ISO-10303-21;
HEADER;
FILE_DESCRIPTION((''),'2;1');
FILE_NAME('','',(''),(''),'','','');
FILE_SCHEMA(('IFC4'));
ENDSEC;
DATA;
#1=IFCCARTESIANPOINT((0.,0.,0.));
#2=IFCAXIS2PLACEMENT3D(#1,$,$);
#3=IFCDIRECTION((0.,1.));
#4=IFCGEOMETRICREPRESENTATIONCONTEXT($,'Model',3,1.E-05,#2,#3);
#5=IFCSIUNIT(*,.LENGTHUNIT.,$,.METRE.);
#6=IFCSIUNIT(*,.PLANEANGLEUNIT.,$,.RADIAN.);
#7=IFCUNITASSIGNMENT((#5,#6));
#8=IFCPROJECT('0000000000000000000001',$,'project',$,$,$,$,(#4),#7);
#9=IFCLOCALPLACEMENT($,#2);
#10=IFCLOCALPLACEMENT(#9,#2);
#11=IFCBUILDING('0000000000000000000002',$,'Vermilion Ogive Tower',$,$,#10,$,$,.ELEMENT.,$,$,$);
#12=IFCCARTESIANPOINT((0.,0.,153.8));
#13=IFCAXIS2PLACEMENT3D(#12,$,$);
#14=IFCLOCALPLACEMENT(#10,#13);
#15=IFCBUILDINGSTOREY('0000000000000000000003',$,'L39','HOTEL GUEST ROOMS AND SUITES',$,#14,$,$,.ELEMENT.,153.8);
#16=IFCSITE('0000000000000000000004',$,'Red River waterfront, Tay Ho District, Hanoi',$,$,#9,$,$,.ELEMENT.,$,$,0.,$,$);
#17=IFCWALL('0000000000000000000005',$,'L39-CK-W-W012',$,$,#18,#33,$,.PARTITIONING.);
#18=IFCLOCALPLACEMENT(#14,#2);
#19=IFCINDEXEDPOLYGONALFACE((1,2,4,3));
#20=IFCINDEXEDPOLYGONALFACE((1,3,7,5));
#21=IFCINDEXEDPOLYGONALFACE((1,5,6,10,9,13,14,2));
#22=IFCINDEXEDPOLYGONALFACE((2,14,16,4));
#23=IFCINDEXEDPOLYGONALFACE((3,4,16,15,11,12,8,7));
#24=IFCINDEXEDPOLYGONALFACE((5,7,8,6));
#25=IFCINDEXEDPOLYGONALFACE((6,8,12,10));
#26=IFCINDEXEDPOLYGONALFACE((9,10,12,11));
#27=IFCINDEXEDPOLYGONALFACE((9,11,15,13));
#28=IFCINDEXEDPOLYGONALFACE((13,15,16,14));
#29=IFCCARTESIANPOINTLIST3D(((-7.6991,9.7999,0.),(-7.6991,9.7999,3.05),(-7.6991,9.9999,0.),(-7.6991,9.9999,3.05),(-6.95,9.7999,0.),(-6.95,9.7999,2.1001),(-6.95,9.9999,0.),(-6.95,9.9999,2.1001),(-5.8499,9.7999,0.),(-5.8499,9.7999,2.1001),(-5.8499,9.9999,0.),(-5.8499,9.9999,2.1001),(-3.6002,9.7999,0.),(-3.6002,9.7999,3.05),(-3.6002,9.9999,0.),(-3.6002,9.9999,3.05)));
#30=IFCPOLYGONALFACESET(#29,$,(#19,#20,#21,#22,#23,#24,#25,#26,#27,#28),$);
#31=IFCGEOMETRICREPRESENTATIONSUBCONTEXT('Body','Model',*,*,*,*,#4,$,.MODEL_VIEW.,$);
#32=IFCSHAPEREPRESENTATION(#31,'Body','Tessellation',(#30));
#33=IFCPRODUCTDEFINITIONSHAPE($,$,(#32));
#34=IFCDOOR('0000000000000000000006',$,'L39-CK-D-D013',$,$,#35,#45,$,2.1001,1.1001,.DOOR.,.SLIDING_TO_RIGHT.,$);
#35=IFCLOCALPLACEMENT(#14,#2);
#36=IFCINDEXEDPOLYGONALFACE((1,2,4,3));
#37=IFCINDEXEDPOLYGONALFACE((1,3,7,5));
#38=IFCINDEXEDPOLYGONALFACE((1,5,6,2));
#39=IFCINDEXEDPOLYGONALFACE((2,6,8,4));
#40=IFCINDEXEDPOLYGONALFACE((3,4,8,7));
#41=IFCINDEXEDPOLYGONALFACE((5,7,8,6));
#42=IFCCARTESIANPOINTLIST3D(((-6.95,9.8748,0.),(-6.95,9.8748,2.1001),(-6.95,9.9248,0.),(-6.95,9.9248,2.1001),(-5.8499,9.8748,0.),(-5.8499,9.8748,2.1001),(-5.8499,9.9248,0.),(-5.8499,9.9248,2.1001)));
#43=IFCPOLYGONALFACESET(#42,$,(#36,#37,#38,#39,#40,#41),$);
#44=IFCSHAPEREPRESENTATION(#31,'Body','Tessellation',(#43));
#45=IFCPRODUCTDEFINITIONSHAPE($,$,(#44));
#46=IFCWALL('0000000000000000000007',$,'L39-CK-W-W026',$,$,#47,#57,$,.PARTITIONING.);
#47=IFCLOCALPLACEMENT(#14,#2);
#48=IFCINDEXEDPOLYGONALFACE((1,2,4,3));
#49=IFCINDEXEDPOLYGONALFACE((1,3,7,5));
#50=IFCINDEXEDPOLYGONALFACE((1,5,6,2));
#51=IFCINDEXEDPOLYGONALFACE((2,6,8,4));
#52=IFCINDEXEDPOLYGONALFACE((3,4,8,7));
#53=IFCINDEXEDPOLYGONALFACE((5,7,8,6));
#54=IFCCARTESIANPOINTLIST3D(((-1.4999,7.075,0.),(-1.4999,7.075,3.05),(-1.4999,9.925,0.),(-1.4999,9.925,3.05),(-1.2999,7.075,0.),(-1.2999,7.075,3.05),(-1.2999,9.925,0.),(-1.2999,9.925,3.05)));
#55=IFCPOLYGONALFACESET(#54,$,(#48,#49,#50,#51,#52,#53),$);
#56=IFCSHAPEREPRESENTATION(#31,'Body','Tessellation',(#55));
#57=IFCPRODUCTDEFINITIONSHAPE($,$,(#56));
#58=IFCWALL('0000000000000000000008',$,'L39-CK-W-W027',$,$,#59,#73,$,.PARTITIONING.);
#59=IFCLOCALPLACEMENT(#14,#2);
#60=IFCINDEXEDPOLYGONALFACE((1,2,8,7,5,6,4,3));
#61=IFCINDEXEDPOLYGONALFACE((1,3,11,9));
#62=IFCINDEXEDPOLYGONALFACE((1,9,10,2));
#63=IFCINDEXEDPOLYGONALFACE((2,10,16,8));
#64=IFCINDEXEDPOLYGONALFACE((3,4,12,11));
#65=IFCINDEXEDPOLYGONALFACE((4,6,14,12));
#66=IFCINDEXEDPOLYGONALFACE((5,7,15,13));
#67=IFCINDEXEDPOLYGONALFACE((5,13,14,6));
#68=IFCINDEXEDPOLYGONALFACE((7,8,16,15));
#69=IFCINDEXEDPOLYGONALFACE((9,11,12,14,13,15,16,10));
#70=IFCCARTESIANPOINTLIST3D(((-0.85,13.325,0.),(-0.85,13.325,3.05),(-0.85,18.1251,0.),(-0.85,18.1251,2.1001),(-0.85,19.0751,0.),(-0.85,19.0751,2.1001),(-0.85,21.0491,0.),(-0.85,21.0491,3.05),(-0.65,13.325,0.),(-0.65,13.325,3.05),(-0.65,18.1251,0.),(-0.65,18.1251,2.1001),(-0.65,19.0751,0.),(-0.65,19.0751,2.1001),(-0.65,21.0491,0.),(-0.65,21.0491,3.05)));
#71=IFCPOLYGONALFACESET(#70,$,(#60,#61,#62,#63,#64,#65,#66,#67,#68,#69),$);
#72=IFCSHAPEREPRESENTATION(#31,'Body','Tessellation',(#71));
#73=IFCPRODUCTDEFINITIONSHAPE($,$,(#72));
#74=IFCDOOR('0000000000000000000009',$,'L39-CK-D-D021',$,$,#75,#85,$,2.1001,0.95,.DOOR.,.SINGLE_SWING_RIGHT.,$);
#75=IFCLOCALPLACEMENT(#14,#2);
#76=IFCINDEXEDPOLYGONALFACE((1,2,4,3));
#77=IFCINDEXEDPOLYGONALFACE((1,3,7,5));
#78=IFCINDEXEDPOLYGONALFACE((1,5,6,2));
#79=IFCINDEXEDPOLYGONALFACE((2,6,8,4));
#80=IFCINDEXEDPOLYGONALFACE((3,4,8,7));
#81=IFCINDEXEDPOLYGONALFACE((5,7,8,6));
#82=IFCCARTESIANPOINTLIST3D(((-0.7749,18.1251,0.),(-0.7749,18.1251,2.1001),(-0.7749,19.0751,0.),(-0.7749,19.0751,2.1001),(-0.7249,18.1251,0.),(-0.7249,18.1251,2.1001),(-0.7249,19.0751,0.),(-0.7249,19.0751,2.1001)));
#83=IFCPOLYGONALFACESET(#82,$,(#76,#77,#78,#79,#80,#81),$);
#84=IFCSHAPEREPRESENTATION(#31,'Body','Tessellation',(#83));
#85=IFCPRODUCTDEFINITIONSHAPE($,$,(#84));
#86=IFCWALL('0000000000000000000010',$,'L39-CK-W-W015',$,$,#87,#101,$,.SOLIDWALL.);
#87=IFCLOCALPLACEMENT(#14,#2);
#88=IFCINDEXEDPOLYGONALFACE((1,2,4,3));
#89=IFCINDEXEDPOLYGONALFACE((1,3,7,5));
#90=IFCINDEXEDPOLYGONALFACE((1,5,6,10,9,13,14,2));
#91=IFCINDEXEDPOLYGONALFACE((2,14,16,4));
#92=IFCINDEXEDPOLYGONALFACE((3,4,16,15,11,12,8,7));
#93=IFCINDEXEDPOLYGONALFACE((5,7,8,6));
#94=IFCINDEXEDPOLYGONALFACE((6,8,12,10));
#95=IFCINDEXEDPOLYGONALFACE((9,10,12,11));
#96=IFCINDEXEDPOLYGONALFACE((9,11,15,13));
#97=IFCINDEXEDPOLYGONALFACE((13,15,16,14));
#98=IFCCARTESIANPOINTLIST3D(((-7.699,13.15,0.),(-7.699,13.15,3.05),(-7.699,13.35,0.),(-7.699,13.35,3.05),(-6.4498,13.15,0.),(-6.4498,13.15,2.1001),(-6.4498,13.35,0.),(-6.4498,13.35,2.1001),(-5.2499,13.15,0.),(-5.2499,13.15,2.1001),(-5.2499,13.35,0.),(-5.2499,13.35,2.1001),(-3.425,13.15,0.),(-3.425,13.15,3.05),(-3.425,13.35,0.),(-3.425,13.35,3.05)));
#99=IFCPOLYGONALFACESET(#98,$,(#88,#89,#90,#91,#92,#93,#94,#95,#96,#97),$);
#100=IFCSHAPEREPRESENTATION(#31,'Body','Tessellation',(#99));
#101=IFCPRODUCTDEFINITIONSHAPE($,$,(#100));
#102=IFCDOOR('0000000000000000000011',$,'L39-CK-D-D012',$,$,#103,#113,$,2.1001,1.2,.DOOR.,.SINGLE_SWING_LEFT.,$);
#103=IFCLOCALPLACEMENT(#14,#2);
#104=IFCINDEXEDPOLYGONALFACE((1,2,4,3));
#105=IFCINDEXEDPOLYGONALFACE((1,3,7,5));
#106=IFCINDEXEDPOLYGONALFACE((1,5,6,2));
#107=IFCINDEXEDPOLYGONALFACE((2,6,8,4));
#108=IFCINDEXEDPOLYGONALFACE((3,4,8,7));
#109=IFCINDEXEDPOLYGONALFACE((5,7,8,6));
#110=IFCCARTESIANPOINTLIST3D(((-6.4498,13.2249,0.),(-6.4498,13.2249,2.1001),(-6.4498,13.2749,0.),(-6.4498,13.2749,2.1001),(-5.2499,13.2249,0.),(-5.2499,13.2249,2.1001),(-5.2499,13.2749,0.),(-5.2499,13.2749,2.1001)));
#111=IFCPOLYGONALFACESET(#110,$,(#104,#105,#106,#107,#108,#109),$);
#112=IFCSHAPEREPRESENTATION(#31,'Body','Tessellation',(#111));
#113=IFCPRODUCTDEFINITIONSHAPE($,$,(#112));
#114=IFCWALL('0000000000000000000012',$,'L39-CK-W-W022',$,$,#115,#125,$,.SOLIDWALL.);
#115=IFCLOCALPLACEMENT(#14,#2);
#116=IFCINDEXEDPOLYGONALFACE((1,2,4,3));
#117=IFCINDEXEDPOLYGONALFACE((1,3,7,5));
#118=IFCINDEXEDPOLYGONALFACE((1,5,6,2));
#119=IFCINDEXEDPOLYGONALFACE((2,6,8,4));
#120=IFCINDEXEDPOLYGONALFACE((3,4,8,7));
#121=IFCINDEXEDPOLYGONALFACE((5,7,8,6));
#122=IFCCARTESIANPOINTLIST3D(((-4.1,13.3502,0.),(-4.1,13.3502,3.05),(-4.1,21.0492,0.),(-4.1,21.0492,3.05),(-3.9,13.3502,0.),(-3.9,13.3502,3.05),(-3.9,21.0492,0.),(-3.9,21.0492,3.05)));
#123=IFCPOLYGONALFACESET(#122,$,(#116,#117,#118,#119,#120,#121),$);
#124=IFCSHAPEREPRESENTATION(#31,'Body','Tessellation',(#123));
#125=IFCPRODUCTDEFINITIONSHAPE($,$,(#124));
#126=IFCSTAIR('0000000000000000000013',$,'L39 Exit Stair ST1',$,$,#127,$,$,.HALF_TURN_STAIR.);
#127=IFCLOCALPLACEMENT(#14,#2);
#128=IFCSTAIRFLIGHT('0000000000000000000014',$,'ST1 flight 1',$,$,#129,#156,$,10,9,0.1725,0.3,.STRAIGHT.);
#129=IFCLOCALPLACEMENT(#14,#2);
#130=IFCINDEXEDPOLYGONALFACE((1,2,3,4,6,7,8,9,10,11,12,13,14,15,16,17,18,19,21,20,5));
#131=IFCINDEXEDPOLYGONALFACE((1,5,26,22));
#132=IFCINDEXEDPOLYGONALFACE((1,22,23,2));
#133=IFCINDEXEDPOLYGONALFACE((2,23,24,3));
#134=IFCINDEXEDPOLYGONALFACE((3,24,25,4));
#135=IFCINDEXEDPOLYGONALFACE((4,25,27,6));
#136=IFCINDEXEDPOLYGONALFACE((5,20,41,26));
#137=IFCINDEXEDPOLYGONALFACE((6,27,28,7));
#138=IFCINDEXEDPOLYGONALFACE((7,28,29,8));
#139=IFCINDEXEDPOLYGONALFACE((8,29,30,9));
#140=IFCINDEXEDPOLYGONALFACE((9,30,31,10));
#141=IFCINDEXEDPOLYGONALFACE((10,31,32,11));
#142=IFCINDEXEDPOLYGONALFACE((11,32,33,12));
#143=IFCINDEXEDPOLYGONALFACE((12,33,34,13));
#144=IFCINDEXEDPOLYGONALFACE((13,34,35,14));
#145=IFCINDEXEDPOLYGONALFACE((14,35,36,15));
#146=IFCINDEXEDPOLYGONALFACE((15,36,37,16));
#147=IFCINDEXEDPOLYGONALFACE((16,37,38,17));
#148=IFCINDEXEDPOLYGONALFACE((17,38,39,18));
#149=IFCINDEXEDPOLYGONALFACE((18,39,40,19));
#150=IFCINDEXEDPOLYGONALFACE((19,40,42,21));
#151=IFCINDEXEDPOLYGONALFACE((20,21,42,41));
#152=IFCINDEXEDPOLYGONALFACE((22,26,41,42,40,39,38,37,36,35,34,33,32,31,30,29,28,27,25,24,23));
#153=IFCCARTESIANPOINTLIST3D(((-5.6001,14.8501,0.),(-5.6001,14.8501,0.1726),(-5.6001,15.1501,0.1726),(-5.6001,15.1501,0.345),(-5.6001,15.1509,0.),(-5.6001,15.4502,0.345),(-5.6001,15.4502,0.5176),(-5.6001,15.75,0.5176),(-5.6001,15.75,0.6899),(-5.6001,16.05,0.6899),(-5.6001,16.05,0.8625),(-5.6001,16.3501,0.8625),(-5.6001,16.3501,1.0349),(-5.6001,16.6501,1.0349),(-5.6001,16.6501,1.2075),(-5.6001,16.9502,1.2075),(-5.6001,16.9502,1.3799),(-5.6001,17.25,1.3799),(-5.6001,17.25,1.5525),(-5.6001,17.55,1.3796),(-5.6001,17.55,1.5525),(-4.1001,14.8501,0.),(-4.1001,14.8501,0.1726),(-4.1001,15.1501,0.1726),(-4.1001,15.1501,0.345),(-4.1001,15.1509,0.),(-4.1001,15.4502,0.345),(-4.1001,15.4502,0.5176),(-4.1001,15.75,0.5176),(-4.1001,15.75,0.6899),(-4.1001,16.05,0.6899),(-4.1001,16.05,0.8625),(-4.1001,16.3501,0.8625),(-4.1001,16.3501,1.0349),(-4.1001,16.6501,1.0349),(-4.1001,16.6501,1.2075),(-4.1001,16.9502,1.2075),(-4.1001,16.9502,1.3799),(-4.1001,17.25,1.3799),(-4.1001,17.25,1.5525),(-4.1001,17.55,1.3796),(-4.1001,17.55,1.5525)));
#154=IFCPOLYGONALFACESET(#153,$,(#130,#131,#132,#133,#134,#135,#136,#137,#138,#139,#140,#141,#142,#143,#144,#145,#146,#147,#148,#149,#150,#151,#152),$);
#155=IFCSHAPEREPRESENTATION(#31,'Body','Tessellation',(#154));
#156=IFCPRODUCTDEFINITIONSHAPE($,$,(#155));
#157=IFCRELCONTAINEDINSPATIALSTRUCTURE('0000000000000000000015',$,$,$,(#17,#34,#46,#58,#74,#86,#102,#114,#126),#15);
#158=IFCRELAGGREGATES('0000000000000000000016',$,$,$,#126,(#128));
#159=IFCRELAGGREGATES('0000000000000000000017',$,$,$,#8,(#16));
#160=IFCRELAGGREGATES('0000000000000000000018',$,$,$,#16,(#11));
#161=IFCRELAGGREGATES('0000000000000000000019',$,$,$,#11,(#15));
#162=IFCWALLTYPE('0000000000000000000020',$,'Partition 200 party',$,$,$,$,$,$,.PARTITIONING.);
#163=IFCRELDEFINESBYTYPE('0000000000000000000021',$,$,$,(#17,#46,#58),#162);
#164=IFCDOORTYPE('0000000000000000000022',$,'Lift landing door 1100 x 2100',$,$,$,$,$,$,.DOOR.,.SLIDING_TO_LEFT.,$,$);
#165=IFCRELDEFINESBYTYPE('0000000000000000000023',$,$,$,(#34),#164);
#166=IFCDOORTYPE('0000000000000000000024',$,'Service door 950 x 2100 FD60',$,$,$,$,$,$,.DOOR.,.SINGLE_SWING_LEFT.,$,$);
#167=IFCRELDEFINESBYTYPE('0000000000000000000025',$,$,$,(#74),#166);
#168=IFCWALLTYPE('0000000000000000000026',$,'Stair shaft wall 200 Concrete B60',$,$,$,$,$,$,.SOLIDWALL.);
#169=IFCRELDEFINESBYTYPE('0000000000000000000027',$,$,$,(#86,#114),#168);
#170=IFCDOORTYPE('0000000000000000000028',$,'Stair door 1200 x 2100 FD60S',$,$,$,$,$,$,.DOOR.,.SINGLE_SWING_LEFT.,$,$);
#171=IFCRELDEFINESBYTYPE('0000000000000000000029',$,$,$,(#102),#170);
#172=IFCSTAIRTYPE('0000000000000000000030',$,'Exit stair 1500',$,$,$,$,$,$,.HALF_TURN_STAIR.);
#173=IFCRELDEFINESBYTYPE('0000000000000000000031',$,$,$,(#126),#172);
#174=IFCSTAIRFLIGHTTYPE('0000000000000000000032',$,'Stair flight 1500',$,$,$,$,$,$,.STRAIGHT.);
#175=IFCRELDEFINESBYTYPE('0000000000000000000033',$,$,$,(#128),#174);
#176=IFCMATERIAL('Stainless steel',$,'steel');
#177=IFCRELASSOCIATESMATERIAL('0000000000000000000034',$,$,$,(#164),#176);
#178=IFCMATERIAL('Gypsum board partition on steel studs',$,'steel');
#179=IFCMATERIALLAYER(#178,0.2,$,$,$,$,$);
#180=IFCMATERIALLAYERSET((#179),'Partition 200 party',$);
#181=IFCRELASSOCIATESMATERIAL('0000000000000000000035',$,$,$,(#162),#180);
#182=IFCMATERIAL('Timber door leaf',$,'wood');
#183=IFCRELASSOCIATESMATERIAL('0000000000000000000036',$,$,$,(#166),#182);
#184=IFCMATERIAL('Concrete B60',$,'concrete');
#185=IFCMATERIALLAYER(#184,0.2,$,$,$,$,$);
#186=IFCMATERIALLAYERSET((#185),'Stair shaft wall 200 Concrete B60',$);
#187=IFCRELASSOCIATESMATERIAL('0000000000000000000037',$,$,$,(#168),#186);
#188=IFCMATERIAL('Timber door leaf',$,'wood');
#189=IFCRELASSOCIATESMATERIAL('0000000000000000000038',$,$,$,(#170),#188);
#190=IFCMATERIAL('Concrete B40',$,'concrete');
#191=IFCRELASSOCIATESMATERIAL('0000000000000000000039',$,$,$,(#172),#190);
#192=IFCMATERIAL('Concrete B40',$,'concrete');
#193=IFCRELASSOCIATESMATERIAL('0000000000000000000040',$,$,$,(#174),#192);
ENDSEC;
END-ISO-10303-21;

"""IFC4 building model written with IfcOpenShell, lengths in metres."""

from ifc_helpers import new_model, si_unit, direction, frame, frame_2d, origin, place, context, subcontext, project, spatial, polyline, rectangle, outline, extrude, material, layer, layer_set, type_object, element, fill, aggregate, save


model = new_model("IFC4")

# Units and contexts
model_context = context("Model", 3, precision=1e-05, world=origin(), true_north=direction((0.0, 1.0)))
body_context = subcontext(model_context, "Body", "Model", "MODEL_VIEW")
ifc_project = project(units=[si_unit("LENGTHUNIT", "METRE"), si_unit("PLANEANGLEUNIT", "RADIAN")], contexts=[model_context])

# Site, building, storey
site_placement = place(None, origin())
site = spatial("IfcSite", under=ifc_project, at=site_placement, Name="Red River waterfront, Tay Ho District, Hanoi", CompositionType="ELEMENT", RefElevation=0.0)
building_placement = place(site_placement, origin())
building = spatial("IfcBuilding", under=site, at=building_placement, Name="Vermilion Ogive Tower", CompositionType="ELEMENT")
storey_placement = place(building_placement, frame((0.0, 0.0, 153.8)))
storey = spatial("IfcBuildingStorey", under=building, at=storey_placement, Name="L39", Description="HOTEL GUEST ROOMS AND SUITES", CompositionType="ELEMENT", Elevation=153.8)

# Shared definitions
ifc_material_1 = material(Name="Stainless steel", Category="steel")
door_type_1 = type_object("IfcDoorType", Name="Lift landing door 1100 x 2100", OperationType="SLIDING_TO_LEFT", PredefinedType="DOOR", material=ifc_material_1)

# Wall, opening, door
ifc_material_2 = material(Name="Gypsum board partition on steel studs", Category="steel")
ifc_layer_1 = layer(ifc_material_2, 0.2)
ifc_layer_set_1 = layer_set([ifc_layer_1], Name="Partition 200 party")
wall_type_1 = type_object("IfcWallType", Name="Partition 200 party", PredefinedType="PARTITIONING", material=ifc_layer_set_1)
wall_1_placement = place(storey_placement, frame((-7.699, 9.8999, 0.0), z_axis=(0.0, 0.0, 1.0), x_axis=(1.0, 0.0, 0.0)))
wall_1 = element("IfcWall", 1, at=wall_1_placement, inside=storey, type_object=wall_type_1, Name="L39-CK-W-W012", PredefinedType="PARTITIONING", context=body_context, shape_type="SweptSolid", body=[
    extrude(rectangle(XDim=4.0989, YDim=0.2, at=frame_2d((2.0493, 0.0))), origin(), (0.0, 0.0, 1.0), 3.05),
])
opening_1_placement = place(wall_1_placement, frame((0.749, 0.0, 0.0)))
opening_1 = element("IfcOpeningElement", 2, at=opening_1_placement, cuts=wall_1, PredefinedType="OPENING", context=body_context, shape_type="SweptSolid", body=[
    extrude(rectangle(XDim=1.1001, YDim=2.1001, at=frame_2d((0.55, 1.05))), frame((0.0, 0.1099, 0.0), z_axis=(0.0, -1.0, 0.0), x_axis=(1.0, 0.0, 0.0)), (0.0, 0.0, 1.0), 0.22),
])
door_1_placement = place(opening_1_placement, origin())
door_1 = element("IfcDoor", 3, at=door_1_placement, inside=storey, type_object=door_type_1, Name="L39-CK-D-D013", OperationType="SLIDING_TO_RIGHT", OverallHeight=2.1001, OverallWidth=1.1001, PredefinedType="DOOR", context=body_context, shape_type="SweptSolid", body=[
    extrude(rectangle(XDim=1.1001, YDim=2.1001, at=frame_2d((0.55, 1.05))), frame((0.0, 0.0249, 0.0), z_axis=(0.0, -1.0, 0.0), x_axis=(1.0, 0.0, 0.0)), (0.0, 0.0, 1.0), 0.05),
])
fill(opening_1, door_1)

# Wall
wall_2_placement = place(storey_placement, frame((-1.3999, 7.075, 0.0), z_axis=(0.0, 0.0, 1.0), x_axis=(0.0, 1.0, 0.0)))
element("IfcWall", 4, at=wall_2_placement, inside=storey, type_object=wall_type_1, Name="L39-CK-W-W026", PredefinedType="PARTITIONING", context=body_context, shape_type="SweptSolid", body=[
    extrude(rectangle(XDim=2.8501, YDim=0.2, at=frame_2d((1.425, 0.0))), origin(), (0.0, 0.0, 1.0), 3.05),
])

# Walls, openings, doors
wall_3_placement = place(storey_placement, frame((-0.75, 13.325, 0.0), z_axis=(0.0, 0.0, 1.0), x_axis=(0.0, 1.0, 0.0)))
wall_3 = element("IfcWall", 5, at=wall_3_placement, inside=storey, type_object=wall_type_1, Name="L39-CK-W-W027", PredefinedType="PARTITIONING", context=body_context, shape_type="SweptSolid", body=[
    extrude(rectangle(XDim=7.7241, YDim=0.2, at=frame_2d((3.8621, 0.0))), origin(), (0.0, 0.0, 1.0), 3.05),
])
opening_2_placement = place(wall_3_placement, frame((4.8, 0.0, 0.0)))
opening_2 = element("IfcOpeningElement", 6, at=opening_2_placement, cuts=wall_3, PredefinedType="OPENING", context=body_context, shape_type="SweptSolid", body=[
    extrude(rectangle(XDim=0.95, YDim=2.1001, at=frame_2d((0.4751, 1.05))), frame((0.0, 0.1099, 0.0), z_axis=(0.0, -1.0, 0.0), x_axis=(1.0, 0.0, 0.0)), (0.0, 0.0, 1.0), 0.22),
])
ifc_material_3 = material(Name="Timber door leaf", Category="wood")
door_type_2 = type_object("IfcDoorType", Name="Service door 950 x 2100 FD60", OperationType="SINGLE_SWING_LEFT", PredefinedType="DOOR", material=ifc_material_3)
door_2_placement = place(opening_2_placement, origin())
door_2 = element("IfcDoor", 7, at=door_2_placement, inside=storey, type_object=door_type_2, Name="L39-CK-D-D021", OperationType="SINGLE_SWING_RIGHT", OverallHeight=2.1001, OverallWidth=0.95, PredefinedType="DOOR", context=body_context, shape_type="SweptSolid", body=[
    extrude(rectangle(XDim=0.95, YDim=2.1001, at=frame_2d((0.4751, 1.05))), frame((0.0, 0.0249, 0.0), z_axis=(0.0, -1.0, 0.0), x_axis=(1.0, 0.0, 0.0)), (0.0, 0.0, 1.0), 0.05),
])
fill(opening_2, door_2)
ifc_material_4 = material(Name="Concrete B60", Category="concrete")
ifc_layer_2 = layer(ifc_material_4, 0.2)
ifc_layer_set_2 = layer_set([ifc_layer_2], Name="Stair shaft wall 200 Concrete B60")
wall_type_2 = type_object("IfcWallType", Name="Stair shaft wall 200 Concrete B60", PredefinedType="SOLIDWALL", material=ifc_layer_set_2)
wall_4_placement = place(storey_placement, frame((-7.699, 13.25, 0.0), z_axis=(0.0, 0.0, 1.0), x_axis=(1.0, 0.0, 0.0)))
wall_4 = element("IfcWall", 8, at=wall_4_placement, inside=storey, type_object=wall_type_2, Name="L39-CK-W-W015", PredefinedType="SOLIDWALL", context=body_context, shape_type="SweptSolid", body=[
    extrude(rectangle(XDim=4.2739, YDim=0.2, at=frame_2d((2.137, 0.0))), origin(), (0.0, 0.0, 1.0), 3.05),
])
opening_3_placement = place(wall_4_placement, frame((1.249, 0.0, 0.0)))
opening_3 = element("IfcOpeningElement", 9, at=opening_3_placement, cuts=wall_4, PredefinedType="OPENING", context=body_context, shape_type="SweptSolid", body=[
    extrude(rectangle(XDim=1.2, YDim=2.1001, at=frame_2d((0.6001, 1.05))), frame((0.0, 0.1099, 0.0), z_axis=(0.0, -1.0, 0.0), x_axis=(1.0, 0.0, 0.0)), (0.0, 0.0, 1.0), 0.22),
])
ifc_material_5 = material(Name="Timber door leaf", Category="wood")
door_type_3 = type_object("IfcDoorType", Name="Stair door 1200 x 2100 FD60S", OperationType="SINGLE_SWING_LEFT", PredefinedType="DOOR", material=ifc_material_5)
door_3_placement = place(opening_3_placement, origin())
door_3 = element("IfcDoor", 10, at=door_3_placement, inside=storey, type_object=door_type_3, Name="L39-CK-D-D012", OperationType="SINGLE_SWING_LEFT", OverallHeight=2.1001, OverallWidth=1.2, PredefinedType="DOOR", context=body_context, shape_type="SweptSolid", body=[
    extrude(rectangle(XDim=1.2, YDim=2.1001, at=frame_2d((0.6001, 1.05))), frame((0.0, 0.0249, 0.0), z_axis=(0.0, -1.0, 0.0), x_axis=(1.0, 0.0, 0.0)), (0.0, 0.0, 1.0), 0.05),
])
fill(opening_3, door_3)

# Wall
wall_5_placement = place(storey_placement, frame((-4.0, 13.3501, 0.0), z_axis=(0.0, 0.0, 1.0), x_axis=(0.0, 1.0, 0.0)))
element("IfcWall", 11, at=wall_5_placement, inside=storey, type_object=wall_type_2, Name="L39-CK-W-W022", PredefinedType="SOLIDWALL", context=body_context, shape_type="SweptSolid", body=[
    extrude(rectangle(XDim=7.699, YDim=0.2, at=frame_2d((3.8496, 0.0))), origin(), (0.0, 0.0, 1.0), 3.05),
])

# Stair, stair flight
ifc_material_6 = material(Name="Concrete B40", Category="concrete")
stair_type = type_object("IfcStairType", Name="Exit stair 1500", PredefinedType="HALF_TURN_STAIR", material=ifc_material_6)
stair_placement = place(storey_placement, origin())
stair = element("IfcStair", 12, at=stair_placement, inside=storey, type_object=stair_type, Name="L39 Exit Stair ST1", PredefinedType="HALF_TURN_STAIR")
ifc_material_7 = material(Name="Concrete B40", Category="concrete")
stair_flight_type = type_object("IfcStairFlightType", Name="Stair flight 1500", PredefinedType="STRAIGHT", material=ifc_material_7)
stair_flight_placement = place(storey_placement, frame((-4.8501, 14.8501, 0.0), z_axis=(0.0, 0.0, 1.0), x_axis=(0.0, 1.0, 0.0)))
stair_flight = element("IfcStairFlight", 13, at=stair_flight_placement, type_object=stair_flight_type, Name="ST1 flight 1", NumberOfRisers=10, NumberOfTreads=9, PredefinedType="STRAIGHT", RiserHeight=0.1725, TreadLength=0.3, context=body_context, shape_type="SweptSolid", body=[
    extrude(outline(polyline([(0.0, 0.0), (0.0, 0.1726), (0.3, 0.1726), (0.3, 0.345), (0.6001, 0.345), (0.6001, 0.5176), (0.8999, 0.5176), (0.8999, 0.6899), (1.2, 0.6899), (1.2, 0.8625), (1.5, 0.8625), (1.5, 1.0349), (1.8, 1.0349), (1.8, 1.2075), (2.1001, 1.2075), (2.1001, 1.3799), (2.3999, 1.3799), (2.3999, 1.5525), (2.7, 1.5525), (2.7, 1.7251), (2.7, 1.3796), (0.3008, 0.0), (0.0, 0.0)])), frame((0.0, 0.75, 0.0), z_axis=(0.0, -1.0, 0.0), x_axis=(1.0, 0.0, 0.0)), (0.0, 0.0, 1.0), 1.5),
])
aggregate(stair, [stair_flight])

save(model, "model.ifc")
